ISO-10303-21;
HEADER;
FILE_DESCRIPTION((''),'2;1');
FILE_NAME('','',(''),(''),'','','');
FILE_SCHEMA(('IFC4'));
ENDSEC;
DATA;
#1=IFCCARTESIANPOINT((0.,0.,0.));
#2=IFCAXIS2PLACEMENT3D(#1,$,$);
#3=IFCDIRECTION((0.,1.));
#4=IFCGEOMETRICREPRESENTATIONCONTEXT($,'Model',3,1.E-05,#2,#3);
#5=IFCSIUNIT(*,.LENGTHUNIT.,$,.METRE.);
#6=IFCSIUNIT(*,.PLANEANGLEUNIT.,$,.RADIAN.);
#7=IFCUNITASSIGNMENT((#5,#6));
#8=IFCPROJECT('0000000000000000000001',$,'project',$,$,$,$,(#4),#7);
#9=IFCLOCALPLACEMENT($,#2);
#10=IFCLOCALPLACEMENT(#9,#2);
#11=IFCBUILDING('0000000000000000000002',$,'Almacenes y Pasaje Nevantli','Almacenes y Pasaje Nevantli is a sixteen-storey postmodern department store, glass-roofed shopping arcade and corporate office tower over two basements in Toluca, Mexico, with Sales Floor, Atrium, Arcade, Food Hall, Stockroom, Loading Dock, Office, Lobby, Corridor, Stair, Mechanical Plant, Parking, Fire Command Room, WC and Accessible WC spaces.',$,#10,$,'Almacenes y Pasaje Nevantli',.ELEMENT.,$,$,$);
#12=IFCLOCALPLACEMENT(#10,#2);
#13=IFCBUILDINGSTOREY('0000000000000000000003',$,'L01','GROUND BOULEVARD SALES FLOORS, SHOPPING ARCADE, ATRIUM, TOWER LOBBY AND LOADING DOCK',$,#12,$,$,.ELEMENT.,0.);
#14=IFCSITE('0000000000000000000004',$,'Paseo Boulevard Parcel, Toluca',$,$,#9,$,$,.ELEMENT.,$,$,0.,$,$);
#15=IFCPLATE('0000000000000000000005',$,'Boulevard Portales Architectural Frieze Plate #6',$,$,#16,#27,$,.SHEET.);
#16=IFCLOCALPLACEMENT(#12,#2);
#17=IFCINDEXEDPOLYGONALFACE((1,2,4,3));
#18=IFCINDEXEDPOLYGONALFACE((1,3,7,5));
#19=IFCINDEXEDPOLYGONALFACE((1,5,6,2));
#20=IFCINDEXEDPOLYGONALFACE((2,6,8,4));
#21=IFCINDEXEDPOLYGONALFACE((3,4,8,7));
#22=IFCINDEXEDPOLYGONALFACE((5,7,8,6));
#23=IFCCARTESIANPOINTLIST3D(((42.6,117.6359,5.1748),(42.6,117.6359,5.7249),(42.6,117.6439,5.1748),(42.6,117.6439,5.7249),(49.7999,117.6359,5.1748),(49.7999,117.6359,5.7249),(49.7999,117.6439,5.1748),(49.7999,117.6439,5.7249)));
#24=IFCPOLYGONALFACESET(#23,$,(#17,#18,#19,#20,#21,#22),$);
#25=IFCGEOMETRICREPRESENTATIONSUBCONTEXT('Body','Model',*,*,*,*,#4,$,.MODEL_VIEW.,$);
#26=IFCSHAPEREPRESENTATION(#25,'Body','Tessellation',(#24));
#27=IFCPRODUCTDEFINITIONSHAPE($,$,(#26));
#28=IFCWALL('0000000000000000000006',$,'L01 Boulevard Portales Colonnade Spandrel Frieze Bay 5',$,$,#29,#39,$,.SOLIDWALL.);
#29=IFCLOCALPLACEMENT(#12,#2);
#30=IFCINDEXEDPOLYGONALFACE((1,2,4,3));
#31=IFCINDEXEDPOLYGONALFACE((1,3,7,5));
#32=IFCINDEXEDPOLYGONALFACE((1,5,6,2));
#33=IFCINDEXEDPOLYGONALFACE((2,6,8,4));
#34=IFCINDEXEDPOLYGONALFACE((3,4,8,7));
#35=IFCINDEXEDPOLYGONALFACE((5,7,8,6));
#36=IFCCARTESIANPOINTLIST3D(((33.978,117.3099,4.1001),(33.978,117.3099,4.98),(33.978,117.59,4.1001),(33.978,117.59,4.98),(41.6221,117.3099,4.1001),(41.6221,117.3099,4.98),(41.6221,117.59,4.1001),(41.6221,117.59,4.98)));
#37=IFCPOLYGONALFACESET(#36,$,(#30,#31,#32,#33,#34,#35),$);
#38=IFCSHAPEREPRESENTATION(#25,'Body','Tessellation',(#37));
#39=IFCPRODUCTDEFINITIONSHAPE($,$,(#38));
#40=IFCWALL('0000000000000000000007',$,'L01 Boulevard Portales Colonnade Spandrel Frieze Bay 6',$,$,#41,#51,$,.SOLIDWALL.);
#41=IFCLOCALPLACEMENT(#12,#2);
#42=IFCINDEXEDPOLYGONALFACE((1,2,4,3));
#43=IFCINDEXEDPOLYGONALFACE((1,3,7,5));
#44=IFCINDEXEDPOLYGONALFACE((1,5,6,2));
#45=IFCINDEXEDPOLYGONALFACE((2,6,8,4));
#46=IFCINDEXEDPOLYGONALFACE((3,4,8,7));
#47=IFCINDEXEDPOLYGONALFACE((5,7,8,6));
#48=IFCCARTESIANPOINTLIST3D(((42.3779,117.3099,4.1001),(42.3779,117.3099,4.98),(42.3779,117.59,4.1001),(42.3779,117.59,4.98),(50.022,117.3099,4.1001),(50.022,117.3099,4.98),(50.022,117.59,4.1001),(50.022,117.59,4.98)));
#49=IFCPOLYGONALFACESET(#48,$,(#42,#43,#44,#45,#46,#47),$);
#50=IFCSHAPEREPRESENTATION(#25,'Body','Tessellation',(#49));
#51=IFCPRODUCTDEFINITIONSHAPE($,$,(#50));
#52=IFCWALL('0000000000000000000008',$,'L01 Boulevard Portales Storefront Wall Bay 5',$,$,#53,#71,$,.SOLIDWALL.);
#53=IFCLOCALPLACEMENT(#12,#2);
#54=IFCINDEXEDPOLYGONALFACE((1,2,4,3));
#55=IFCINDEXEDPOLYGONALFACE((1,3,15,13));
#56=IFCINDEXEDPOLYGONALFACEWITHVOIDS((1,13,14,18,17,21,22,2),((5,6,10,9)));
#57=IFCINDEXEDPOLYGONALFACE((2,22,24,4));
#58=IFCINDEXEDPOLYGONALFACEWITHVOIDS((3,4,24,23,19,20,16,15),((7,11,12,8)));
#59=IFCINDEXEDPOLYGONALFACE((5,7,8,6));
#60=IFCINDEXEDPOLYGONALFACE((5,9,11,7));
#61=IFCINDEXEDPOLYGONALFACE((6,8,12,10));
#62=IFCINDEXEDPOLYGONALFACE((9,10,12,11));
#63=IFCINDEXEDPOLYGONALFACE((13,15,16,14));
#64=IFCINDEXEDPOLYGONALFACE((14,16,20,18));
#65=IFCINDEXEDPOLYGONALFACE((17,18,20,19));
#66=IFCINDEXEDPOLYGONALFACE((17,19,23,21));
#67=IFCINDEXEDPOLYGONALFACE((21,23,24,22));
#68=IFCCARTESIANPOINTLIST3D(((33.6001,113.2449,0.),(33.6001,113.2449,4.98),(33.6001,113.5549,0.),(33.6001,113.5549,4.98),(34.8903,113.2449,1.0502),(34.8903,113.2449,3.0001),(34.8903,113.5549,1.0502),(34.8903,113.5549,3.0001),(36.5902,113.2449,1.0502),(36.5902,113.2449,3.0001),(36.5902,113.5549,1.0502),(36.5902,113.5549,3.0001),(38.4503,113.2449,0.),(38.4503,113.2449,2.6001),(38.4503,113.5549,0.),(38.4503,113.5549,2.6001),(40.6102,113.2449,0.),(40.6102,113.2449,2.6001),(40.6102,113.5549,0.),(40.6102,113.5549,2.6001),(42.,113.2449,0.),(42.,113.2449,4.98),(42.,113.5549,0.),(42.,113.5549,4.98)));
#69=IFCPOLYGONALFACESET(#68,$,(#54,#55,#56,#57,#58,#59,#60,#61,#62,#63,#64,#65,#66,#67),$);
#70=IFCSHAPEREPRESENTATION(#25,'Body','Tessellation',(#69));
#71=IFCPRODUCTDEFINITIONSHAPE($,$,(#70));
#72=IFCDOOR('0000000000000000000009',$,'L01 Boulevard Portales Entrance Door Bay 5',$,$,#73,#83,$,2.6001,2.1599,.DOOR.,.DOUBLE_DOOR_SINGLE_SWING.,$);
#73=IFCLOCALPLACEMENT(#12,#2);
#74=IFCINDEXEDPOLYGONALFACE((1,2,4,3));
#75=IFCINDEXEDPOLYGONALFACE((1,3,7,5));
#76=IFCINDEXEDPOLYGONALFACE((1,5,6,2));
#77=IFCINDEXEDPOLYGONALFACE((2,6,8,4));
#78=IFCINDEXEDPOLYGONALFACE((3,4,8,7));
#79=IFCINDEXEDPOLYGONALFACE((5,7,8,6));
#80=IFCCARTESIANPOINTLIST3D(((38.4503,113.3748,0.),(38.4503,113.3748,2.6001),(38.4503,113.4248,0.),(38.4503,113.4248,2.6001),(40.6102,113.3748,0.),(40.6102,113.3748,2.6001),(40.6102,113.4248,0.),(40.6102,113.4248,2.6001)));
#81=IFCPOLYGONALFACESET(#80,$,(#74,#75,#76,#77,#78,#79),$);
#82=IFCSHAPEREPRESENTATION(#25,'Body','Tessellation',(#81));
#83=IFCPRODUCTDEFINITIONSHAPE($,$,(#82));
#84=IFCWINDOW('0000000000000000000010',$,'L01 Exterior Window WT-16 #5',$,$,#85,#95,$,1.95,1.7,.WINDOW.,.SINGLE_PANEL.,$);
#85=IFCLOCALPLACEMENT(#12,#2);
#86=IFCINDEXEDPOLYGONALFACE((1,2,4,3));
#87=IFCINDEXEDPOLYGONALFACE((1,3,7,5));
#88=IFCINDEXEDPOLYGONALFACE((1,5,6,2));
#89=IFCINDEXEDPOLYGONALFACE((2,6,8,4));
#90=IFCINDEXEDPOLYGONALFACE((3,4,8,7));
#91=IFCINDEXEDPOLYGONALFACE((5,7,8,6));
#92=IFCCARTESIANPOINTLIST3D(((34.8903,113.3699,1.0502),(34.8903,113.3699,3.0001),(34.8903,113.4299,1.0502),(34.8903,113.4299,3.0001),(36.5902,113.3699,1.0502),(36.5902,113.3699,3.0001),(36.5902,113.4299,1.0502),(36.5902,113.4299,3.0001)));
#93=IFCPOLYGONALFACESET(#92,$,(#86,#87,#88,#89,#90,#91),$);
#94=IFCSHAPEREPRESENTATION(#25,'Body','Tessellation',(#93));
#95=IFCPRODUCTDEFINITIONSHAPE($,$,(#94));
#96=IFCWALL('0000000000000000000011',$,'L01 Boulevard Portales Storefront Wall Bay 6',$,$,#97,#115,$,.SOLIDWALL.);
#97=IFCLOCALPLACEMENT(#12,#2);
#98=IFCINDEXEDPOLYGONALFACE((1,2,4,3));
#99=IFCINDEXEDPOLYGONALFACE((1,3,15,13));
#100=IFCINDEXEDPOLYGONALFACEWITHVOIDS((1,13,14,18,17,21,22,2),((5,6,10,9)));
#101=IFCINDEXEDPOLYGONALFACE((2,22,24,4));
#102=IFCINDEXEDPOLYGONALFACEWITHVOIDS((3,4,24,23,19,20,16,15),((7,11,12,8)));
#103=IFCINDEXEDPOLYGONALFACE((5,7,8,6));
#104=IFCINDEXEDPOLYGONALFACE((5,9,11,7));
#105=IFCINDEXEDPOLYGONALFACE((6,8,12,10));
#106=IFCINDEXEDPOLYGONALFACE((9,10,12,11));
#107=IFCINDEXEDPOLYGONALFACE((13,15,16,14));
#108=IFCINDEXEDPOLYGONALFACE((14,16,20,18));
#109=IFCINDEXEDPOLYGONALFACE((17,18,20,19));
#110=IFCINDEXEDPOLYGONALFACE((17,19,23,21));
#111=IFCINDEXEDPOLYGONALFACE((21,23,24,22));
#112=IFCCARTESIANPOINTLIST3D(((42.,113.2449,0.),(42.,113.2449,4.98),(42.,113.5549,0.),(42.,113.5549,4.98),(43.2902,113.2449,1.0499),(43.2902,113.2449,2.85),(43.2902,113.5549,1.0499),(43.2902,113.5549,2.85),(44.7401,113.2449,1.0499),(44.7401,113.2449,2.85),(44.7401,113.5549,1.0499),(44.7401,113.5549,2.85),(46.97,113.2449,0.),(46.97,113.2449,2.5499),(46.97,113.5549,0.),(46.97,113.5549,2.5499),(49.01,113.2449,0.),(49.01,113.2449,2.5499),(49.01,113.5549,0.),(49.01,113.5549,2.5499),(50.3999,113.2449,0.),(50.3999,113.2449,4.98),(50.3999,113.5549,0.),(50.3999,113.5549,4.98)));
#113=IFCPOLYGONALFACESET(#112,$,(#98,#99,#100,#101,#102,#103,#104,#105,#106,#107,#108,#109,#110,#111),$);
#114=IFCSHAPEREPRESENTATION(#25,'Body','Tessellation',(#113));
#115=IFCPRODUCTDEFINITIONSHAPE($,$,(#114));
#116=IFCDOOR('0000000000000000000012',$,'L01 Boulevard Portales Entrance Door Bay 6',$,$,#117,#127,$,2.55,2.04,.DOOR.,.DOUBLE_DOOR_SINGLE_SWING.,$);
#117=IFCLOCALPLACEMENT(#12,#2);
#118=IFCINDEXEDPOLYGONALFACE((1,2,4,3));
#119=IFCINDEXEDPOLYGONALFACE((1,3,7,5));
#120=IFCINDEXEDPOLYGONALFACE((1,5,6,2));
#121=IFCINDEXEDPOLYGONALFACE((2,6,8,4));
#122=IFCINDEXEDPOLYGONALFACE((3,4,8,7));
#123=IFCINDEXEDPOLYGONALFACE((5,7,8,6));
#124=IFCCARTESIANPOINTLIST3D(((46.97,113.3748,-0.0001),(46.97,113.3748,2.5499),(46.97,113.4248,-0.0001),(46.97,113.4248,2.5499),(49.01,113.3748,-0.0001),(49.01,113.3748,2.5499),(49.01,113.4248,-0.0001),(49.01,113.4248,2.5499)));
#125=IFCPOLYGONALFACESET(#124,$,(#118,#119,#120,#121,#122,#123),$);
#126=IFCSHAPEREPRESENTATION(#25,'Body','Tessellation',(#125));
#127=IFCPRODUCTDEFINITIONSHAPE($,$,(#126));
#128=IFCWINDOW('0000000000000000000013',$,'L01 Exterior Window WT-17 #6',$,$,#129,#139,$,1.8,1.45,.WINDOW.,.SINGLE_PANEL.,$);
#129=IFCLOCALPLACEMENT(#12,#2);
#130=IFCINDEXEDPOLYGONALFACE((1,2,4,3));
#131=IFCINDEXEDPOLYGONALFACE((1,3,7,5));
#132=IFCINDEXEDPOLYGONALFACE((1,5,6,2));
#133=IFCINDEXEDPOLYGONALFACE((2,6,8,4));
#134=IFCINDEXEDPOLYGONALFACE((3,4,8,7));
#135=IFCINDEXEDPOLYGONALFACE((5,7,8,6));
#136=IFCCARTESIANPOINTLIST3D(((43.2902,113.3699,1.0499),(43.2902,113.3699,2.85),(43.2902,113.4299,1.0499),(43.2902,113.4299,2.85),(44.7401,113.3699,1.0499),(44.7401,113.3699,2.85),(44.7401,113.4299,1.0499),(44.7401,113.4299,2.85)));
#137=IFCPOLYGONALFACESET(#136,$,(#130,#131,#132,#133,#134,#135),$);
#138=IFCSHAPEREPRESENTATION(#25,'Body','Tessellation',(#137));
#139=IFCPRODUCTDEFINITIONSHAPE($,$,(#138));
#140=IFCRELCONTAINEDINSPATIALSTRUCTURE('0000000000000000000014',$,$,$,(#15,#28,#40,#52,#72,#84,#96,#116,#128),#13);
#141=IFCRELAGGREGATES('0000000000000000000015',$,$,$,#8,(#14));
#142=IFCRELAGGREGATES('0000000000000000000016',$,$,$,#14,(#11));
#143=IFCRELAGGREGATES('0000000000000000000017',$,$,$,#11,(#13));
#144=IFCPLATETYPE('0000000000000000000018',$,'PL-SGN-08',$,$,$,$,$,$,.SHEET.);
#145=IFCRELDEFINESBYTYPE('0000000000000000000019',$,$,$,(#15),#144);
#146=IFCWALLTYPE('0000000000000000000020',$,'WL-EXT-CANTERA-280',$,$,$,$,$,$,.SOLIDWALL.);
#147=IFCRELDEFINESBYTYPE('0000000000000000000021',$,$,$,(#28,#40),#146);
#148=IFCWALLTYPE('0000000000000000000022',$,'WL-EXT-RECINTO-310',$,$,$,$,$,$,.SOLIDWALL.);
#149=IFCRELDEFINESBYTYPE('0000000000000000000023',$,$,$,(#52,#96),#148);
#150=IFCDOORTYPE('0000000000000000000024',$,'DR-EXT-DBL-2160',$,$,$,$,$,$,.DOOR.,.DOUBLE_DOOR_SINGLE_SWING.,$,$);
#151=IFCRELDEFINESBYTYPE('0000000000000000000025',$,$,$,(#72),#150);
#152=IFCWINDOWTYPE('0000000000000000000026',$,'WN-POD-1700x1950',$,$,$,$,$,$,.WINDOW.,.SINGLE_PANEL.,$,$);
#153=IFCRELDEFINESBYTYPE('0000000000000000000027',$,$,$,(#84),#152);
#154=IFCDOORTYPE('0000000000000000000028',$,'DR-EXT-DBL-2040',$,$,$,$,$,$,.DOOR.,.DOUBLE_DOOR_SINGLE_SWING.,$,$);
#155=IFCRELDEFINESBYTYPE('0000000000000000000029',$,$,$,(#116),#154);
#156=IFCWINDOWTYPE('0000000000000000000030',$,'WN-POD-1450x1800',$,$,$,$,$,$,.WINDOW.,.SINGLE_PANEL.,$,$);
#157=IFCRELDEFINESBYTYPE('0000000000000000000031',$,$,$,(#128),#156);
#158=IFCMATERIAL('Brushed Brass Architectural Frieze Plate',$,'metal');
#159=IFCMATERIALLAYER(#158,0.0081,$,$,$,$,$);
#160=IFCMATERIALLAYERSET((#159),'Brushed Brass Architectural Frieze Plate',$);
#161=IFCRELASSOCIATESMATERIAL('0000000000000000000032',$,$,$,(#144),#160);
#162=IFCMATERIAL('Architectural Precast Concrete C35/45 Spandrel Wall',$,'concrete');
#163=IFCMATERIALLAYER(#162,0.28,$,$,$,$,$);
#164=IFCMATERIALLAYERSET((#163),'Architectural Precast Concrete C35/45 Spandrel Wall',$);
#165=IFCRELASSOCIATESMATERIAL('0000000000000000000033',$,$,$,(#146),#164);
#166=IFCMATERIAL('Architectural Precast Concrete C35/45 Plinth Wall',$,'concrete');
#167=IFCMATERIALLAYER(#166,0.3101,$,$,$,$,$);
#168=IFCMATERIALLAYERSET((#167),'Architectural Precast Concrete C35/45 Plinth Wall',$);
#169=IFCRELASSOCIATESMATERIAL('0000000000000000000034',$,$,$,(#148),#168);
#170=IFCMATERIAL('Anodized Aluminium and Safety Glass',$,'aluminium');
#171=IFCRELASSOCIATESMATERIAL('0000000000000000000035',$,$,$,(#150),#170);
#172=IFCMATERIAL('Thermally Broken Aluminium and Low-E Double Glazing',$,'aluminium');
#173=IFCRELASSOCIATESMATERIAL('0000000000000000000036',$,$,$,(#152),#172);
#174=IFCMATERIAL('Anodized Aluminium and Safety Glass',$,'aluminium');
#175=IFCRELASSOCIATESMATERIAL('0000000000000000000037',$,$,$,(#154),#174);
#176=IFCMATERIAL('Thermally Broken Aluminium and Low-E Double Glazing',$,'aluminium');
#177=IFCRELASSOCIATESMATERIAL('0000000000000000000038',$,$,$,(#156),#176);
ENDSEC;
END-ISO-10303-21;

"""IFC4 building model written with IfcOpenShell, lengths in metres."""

from ifc_helpers import new_model, si_unit, direction, frame, frame_2d, origin, origin_2d, place, context, subcontext, project, spatial, rectangle, extrude, material, layer, layer_set, type_object, element, fill, save


model = new_model("IFC4")

# Units and contexts
model_context = context("Model", 3, precision=1e-05, world=origin(), true_north=direction((0.0, 1.0)))
body_context = subcontext(model_context, "Body", "Model", "MODEL_VIEW")
ifc_project = project(units=[si_unit("LENGTHUNIT", "METRE"), si_unit("PLANEANGLEUNIT", "RADIAN")], contexts=[model_context])

# Site, building, storey
site_placement = place(None, origin())
site = spatial("IfcSite", under=ifc_project, at=site_placement, Name="Paseo Boulevard Parcel, Toluca", CompositionType="ELEMENT", RefElevation=0.0)
building_placement = place(site_placement, origin())
building = spatial("IfcBuilding", under=site, at=building_placement, Name="Almacenes y Pasaje Nevantli", Description="Almacenes y Pasaje Nevantli is a sixteen-storey postmodern department store, glass-roofed shopping arcade and corporate office tower over two basements in Toluca, Mexico, with Sales Floor, Atrium, Arcade, Food Hall, Stockroom, Loading Dock, Office, Lobby, Corridor, Stair, Mechanical Plant, Parking, Fire Command Room, WC and Accessible WC spaces.", LongName="Almacenes y Pasaje Nevantli", CompositionType="ELEMENT")
storey_placement = place(building_placement, origin())
storey = spatial("IfcBuildingStorey", under=building, at=storey_placement, Name="L01", Description="GROUND BOULEVARD SALES FLOORS, SHOPPING ARCADE, ATRIUM, TOWER LOBBY AND LOADING DOCK", CompositionType="ELEMENT", Elevation=0.0)

# Plate
ifc_material_1 = material(Name="Brushed Brass Architectural Frieze Plate", Category="metal")
ifc_layer_1 = layer(ifc_material_1, 0.0081)
ifc_layer_set_1 = layer_set([ifc_layer_1], Name="Brushed Brass Architectural Frieze Plate")
plate_type_1 = type_object("IfcPlateType", Name="PL-SGN-08", PredefinedType="SHEET", material=ifc_layer_set_1)
plate_1_placement = place(storey_placement, frame((46.2, 117.6399, 5.1748), z_axis=(0.0, 0.0, 1.0), x_axis=(1.0, 0.0, 0.0)))
element("IfcPlate", 1, at=plate_1_placement, inside=storey, type_object=plate_type_1, Name="Boulevard Portales Architectural Frieze Plate #6", PredefinedType="SHEET", context=body_context, shape_type="SweptSolid", body=[
    extrude(rectangle(XDim=7.2, YDim=0.0081, at=origin_2d()), origin(), (0.0, 0.0, 1.0), 0.55),
])

# Walls
ifc_material_2 = material(Name="Architectural Precast Concrete C35/45 Spandrel Wall", Category="concrete")
ifc_layer_2 = layer(ifc_material_2, 0.28)
ifc_layer_set_2 = layer_set([ifc_layer_2], Name="Architectural Precast Concrete C35/45 Spandrel Wall")
wall_type_1 = type_object("IfcWallType", Name="WL-EXT-CANTERA-280", PredefinedType="SOLIDWALL", material=ifc_layer_set_2)
for number, where, z_axis, x_axis, name in (
    (2, (33.978, 117.45, 4.1001), (0.0, 0.0, 1.0), (1.0, 0.0, 0.0), "L01 Boulevard Portales Colonnade Spandrel Frieze Bay 5"),
    (3, (42.3779, 117.45, 4.1001), (0.0, 0.0, 1.0), (1.0, 0.0, 0.0), "L01 Boulevard Portales Colonnade Spandrel Frieze Bay 6"),
):
    element("IfcWall", number, at=place(storey_placement, frame(where, z_axis=z_axis, x_axis=x_axis)), inside=storey, type_object=wall_type_1, Name=name, PredefinedType="SOLIDWALL", context=body_context, shape_type="SweptSolid", body=[
        extrude(rectangle(XDim=7.644, YDim=0.28, at=frame_2d((3.822, 0.0))), origin(), (0.0, 0.0, 1.0), 0.8799),
    ])

# Walls, openings, doors, windows
ifc_material_3 = material(Name="Architectural Precast Concrete C35/45 Plinth Wall", Category="concrete")
ifc_layer_3 = layer(ifc_material_3, 0.3101)
ifc_layer_set_3 = layer_set([ifc_layer_3], Name="Architectural Precast Concrete C35/45 Plinth Wall")
wall_type_2 = type_object("IfcWallType", Name="WL-EXT-RECINTO-310", PredefinedType="SOLIDWALL", material=ifc_layer_set_3)
wall_1_placement = place(storey_placement, frame((33.6001, 113.3999, 0.0), z_axis=(0.0, 0.0, 1.0), x_axis=(1.0, 0.0, 0.0)))
wall_1 = element("IfcWall", 4, at=wall_1_placement, inside=storey, type_object=wall_type_2, Name="L01 Boulevard Portales Storefront Wall Bay 5", PredefinedType="SOLIDWALL", context=body_context, shape_type="SweptSolid", body=[
    extrude(rectangle(XDim=8.3999, YDim=0.3101, at=frame_2d((4.2, 0.0))), origin(), (0.0, 0.0, 1.0), 4.98),
])
opening_1_placement = place(wall_1_placement, frame((1.29, 0.0, 1.05)))
opening_1 = element("IfcOpeningElement", 5, at=opening_1_placement, cuts=wall_1, PredefinedType="OPENING", context=body_context, shape_type="SweptSolid", body=[
    extrude(rectangle(XDim=1.7, YDim=1.95, at=frame_2d((0.8501, 0.9751))), frame((0.0, 0.165, 0.0), z_axis=(0.0, -1.0, 0.0), x_axis=(1.0, 0.0, 0.0)), (0.0, 0.0, 1.0), 0.3301),
])
opening_2_placement = place(wall_1_placement, frame((4.8501, 0.0, 0.0)))
opening_2 = element("IfcOpeningElement", 6, at=opening_2_placement, cuts=wall_1, PredefinedType="OPENING", context=body_context, shape_type="SweptSolid", body=[
    extrude(rectangle(XDim=2.1599, YDim=2.6001, at=frame_2d((1.0801, 1.3))), frame((0.0, 0.165, 0.0), z_axis=(0.0, -1.0, 0.0), x_axis=(1.0, 0.0, 0.0)), (0.0, 0.0, 1.0), 0.3301),
])
ifc_material_4 = material(Name="Anodized Aluminium and Safety Glass", Category="aluminium")
door_type_1 = type_object("IfcDoorType", Name="DR-EXT-DBL-2160", OperationType="DOUBLE_DOOR_SINGLE_SWING", PredefinedType="DOOR", material=ifc_material_4)
door_1_placement = place(opening_2_placement, origin())
door_1 = element("IfcDoor", 7, at=door_1_placement, inside=storey, type_object=door_type_1, Name="L01 Boulevard Portales Entrance Door Bay 5", OperationType="DOUBLE_DOOR_SINGLE_SWING", OverallHeight=2.6001, OverallWidth=2.1599, PredefinedType="DOOR", context=body_context, shape_type="SweptSolid", body=[
    extrude(rectangle(XDim=2.1599, YDim=2.6001, at=frame_2d((1.0801, 1.3))), frame((0.0, 0.0249, 0.0), z_axis=(0.0, -1.0, 0.0), x_axis=(1.0, 0.0, 0.0)), (0.0, 0.0, 1.0), 0.05),
])
fill(opening_2, door_1)
ifc_material_5 = material(Name="Thermally Broken Aluminium and Low-E Double Glazing", Category="aluminium")
window_type_1 = type_object("IfcWindowType", Name="WN-POD-1700x1950", PartitioningType="SINGLE_PANEL", PredefinedType="WINDOW", material=ifc_material_5)
window_1_placement = place(opening_1_placement, origin())
window_1 = element("IfcWindow", 8, at=window_1_placement, inside=storey, type_object=window_type_1, Name="L01 Exterior Window WT-16 #5", OverallHeight=1.95, OverallWidth=1.7, PartitioningType="SINGLE_PANEL", PredefinedType="WINDOW", context=body_context, shape_type="SweptSolid", body=[
    extrude(rectangle(XDim=1.7, YDim=1.95, at=frame_2d((0.8501, 0.9751))), frame((0.0, 0.03, 0.0), z_axis=(0.0, -1.0, 0.0), x_axis=(1.0, 0.0, 0.0)), (0.0, 0.0, 1.0), 0.0601),
])
fill(opening_1, window_1)
wall_2_placement = place(storey_placement, frame((42.0, 113.3999, 0.0), z_axis=(0.0, 0.0, 1.0), x_axis=(1.0, 0.0, 0.0)))
wall_2 = element("IfcWall", 9, at=wall_2_placement, inside=storey, type_object=wall_type_2, Name="L01 Boulevard Portales Storefront Wall Bay 6", PredefinedType="SOLIDWALL", context=body_context, shape_type="SweptSolid", body=[
    extrude(rectangle(XDim=8.3999, YDim=0.3101, at=frame_2d((4.2, 0.0))), origin(), (0.0, 0.0, 1.0), 4.98),
])
opening_3_placement = place(wall_2_placement, frame((1.29, 0.0, 1.05)))
opening_3 = element("IfcOpeningElement", 10, at=opening_3_placement, cuts=wall_2, PredefinedType="OPENING", context=body_context, shape_type="SweptSolid", body=[
    extrude(rectangle(XDim=1.45, YDim=1.8, at=frame_2d((0.7251, 0.8999))), frame((0.0, 0.165, 0.0), z_axis=(0.0, -1.0, 0.0), x_axis=(1.0, 0.0, 0.0)), (0.0, 0.0, 1.0), 0.3301),
])
opening_4_placement = place(wall_2_placement, frame((4.97, 0.0, 0.0)))
opening_4 = element("IfcOpeningElement", 11, at=opening_4_placement, cuts=wall_2, PredefinedType="OPENING", context=body_context, shape_type="SweptSolid", body=[
    extrude(rectangle(XDim=2.04, YDim=2.55, at=frame_2d((1.02, 1.2749))), frame((0.0, 0.165, 0.0), z_axis=(0.0, -1.0, 0.0), x_axis=(1.0, 0.0, 0.0)), (0.0, 0.0, 1.0), 0.3301),
])
ifc_material_6 = material(Name="Anodized Aluminium and Safety Glass", Category="aluminium")
door_type_2 = type_object("IfcDoorType", Name="DR-EXT-DBL-2040", OperationType="DOUBLE_DOOR_SINGLE_SWING", PredefinedType="DOOR", material=ifc_material_6)
door_2_placement = place(opening_4_placement, origin())
door_2 = element("IfcDoor", 12, at=door_2_placement, inside=storey, type_object=door_type_2, Name="L01 Boulevard Portales Entrance Door Bay 6", OperationType="DOUBLE_DOOR_SINGLE_SWING", OverallHeight=2.55, OverallWidth=2.04, PredefinedType="DOOR", context=body_context, shape_type="SweptSolid", body=[
    extrude(rectangle(XDim=2.04, YDim=2.55, at=frame_2d((1.02, 1.2749))), frame((0.0, 0.0249, 0.0), z_axis=(0.0, -1.0, 0.0), x_axis=(1.0, 0.0, 0.0)), (0.0, 0.0, 1.0), 0.05),
])
fill(opening_4, door_2)
ifc_material_7 = material(Name="Thermally Broken Aluminium and Low-E Double Glazing", Category="aluminium")
window_type_2 = type_object("IfcWindowType", Name="WN-POD-1450x1800", PartitioningType="SINGLE_PANEL", PredefinedType="WINDOW", material=ifc_material_7)
window_2_placement = place(opening_3_placement, origin())
window_2 = element("IfcWindow", 13, at=window_2_placement, inside=storey, type_object=window_type_2, Name="L01 Exterior Window WT-17 #6", OverallHeight=1.8, OverallWidth=1.45, PartitioningType="SINGLE_PANEL", PredefinedType="WINDOW", context=body_context, shape_type="SweptSolid", body=[
    extrude(rectangle(XDim=1.45, YDim=1.8, at=frame_2d((0.7251, 0.8999))), frame((0.0, 0.03, 0.0), z_axis=(0.0, -1.0, 0.0), x_axis=(1.0, 0.0, 0.0)), (0.0, 0.0, 1.0), 0.0601),
])
fill(opening_3, window_2)

save(model, "model.ifc")
